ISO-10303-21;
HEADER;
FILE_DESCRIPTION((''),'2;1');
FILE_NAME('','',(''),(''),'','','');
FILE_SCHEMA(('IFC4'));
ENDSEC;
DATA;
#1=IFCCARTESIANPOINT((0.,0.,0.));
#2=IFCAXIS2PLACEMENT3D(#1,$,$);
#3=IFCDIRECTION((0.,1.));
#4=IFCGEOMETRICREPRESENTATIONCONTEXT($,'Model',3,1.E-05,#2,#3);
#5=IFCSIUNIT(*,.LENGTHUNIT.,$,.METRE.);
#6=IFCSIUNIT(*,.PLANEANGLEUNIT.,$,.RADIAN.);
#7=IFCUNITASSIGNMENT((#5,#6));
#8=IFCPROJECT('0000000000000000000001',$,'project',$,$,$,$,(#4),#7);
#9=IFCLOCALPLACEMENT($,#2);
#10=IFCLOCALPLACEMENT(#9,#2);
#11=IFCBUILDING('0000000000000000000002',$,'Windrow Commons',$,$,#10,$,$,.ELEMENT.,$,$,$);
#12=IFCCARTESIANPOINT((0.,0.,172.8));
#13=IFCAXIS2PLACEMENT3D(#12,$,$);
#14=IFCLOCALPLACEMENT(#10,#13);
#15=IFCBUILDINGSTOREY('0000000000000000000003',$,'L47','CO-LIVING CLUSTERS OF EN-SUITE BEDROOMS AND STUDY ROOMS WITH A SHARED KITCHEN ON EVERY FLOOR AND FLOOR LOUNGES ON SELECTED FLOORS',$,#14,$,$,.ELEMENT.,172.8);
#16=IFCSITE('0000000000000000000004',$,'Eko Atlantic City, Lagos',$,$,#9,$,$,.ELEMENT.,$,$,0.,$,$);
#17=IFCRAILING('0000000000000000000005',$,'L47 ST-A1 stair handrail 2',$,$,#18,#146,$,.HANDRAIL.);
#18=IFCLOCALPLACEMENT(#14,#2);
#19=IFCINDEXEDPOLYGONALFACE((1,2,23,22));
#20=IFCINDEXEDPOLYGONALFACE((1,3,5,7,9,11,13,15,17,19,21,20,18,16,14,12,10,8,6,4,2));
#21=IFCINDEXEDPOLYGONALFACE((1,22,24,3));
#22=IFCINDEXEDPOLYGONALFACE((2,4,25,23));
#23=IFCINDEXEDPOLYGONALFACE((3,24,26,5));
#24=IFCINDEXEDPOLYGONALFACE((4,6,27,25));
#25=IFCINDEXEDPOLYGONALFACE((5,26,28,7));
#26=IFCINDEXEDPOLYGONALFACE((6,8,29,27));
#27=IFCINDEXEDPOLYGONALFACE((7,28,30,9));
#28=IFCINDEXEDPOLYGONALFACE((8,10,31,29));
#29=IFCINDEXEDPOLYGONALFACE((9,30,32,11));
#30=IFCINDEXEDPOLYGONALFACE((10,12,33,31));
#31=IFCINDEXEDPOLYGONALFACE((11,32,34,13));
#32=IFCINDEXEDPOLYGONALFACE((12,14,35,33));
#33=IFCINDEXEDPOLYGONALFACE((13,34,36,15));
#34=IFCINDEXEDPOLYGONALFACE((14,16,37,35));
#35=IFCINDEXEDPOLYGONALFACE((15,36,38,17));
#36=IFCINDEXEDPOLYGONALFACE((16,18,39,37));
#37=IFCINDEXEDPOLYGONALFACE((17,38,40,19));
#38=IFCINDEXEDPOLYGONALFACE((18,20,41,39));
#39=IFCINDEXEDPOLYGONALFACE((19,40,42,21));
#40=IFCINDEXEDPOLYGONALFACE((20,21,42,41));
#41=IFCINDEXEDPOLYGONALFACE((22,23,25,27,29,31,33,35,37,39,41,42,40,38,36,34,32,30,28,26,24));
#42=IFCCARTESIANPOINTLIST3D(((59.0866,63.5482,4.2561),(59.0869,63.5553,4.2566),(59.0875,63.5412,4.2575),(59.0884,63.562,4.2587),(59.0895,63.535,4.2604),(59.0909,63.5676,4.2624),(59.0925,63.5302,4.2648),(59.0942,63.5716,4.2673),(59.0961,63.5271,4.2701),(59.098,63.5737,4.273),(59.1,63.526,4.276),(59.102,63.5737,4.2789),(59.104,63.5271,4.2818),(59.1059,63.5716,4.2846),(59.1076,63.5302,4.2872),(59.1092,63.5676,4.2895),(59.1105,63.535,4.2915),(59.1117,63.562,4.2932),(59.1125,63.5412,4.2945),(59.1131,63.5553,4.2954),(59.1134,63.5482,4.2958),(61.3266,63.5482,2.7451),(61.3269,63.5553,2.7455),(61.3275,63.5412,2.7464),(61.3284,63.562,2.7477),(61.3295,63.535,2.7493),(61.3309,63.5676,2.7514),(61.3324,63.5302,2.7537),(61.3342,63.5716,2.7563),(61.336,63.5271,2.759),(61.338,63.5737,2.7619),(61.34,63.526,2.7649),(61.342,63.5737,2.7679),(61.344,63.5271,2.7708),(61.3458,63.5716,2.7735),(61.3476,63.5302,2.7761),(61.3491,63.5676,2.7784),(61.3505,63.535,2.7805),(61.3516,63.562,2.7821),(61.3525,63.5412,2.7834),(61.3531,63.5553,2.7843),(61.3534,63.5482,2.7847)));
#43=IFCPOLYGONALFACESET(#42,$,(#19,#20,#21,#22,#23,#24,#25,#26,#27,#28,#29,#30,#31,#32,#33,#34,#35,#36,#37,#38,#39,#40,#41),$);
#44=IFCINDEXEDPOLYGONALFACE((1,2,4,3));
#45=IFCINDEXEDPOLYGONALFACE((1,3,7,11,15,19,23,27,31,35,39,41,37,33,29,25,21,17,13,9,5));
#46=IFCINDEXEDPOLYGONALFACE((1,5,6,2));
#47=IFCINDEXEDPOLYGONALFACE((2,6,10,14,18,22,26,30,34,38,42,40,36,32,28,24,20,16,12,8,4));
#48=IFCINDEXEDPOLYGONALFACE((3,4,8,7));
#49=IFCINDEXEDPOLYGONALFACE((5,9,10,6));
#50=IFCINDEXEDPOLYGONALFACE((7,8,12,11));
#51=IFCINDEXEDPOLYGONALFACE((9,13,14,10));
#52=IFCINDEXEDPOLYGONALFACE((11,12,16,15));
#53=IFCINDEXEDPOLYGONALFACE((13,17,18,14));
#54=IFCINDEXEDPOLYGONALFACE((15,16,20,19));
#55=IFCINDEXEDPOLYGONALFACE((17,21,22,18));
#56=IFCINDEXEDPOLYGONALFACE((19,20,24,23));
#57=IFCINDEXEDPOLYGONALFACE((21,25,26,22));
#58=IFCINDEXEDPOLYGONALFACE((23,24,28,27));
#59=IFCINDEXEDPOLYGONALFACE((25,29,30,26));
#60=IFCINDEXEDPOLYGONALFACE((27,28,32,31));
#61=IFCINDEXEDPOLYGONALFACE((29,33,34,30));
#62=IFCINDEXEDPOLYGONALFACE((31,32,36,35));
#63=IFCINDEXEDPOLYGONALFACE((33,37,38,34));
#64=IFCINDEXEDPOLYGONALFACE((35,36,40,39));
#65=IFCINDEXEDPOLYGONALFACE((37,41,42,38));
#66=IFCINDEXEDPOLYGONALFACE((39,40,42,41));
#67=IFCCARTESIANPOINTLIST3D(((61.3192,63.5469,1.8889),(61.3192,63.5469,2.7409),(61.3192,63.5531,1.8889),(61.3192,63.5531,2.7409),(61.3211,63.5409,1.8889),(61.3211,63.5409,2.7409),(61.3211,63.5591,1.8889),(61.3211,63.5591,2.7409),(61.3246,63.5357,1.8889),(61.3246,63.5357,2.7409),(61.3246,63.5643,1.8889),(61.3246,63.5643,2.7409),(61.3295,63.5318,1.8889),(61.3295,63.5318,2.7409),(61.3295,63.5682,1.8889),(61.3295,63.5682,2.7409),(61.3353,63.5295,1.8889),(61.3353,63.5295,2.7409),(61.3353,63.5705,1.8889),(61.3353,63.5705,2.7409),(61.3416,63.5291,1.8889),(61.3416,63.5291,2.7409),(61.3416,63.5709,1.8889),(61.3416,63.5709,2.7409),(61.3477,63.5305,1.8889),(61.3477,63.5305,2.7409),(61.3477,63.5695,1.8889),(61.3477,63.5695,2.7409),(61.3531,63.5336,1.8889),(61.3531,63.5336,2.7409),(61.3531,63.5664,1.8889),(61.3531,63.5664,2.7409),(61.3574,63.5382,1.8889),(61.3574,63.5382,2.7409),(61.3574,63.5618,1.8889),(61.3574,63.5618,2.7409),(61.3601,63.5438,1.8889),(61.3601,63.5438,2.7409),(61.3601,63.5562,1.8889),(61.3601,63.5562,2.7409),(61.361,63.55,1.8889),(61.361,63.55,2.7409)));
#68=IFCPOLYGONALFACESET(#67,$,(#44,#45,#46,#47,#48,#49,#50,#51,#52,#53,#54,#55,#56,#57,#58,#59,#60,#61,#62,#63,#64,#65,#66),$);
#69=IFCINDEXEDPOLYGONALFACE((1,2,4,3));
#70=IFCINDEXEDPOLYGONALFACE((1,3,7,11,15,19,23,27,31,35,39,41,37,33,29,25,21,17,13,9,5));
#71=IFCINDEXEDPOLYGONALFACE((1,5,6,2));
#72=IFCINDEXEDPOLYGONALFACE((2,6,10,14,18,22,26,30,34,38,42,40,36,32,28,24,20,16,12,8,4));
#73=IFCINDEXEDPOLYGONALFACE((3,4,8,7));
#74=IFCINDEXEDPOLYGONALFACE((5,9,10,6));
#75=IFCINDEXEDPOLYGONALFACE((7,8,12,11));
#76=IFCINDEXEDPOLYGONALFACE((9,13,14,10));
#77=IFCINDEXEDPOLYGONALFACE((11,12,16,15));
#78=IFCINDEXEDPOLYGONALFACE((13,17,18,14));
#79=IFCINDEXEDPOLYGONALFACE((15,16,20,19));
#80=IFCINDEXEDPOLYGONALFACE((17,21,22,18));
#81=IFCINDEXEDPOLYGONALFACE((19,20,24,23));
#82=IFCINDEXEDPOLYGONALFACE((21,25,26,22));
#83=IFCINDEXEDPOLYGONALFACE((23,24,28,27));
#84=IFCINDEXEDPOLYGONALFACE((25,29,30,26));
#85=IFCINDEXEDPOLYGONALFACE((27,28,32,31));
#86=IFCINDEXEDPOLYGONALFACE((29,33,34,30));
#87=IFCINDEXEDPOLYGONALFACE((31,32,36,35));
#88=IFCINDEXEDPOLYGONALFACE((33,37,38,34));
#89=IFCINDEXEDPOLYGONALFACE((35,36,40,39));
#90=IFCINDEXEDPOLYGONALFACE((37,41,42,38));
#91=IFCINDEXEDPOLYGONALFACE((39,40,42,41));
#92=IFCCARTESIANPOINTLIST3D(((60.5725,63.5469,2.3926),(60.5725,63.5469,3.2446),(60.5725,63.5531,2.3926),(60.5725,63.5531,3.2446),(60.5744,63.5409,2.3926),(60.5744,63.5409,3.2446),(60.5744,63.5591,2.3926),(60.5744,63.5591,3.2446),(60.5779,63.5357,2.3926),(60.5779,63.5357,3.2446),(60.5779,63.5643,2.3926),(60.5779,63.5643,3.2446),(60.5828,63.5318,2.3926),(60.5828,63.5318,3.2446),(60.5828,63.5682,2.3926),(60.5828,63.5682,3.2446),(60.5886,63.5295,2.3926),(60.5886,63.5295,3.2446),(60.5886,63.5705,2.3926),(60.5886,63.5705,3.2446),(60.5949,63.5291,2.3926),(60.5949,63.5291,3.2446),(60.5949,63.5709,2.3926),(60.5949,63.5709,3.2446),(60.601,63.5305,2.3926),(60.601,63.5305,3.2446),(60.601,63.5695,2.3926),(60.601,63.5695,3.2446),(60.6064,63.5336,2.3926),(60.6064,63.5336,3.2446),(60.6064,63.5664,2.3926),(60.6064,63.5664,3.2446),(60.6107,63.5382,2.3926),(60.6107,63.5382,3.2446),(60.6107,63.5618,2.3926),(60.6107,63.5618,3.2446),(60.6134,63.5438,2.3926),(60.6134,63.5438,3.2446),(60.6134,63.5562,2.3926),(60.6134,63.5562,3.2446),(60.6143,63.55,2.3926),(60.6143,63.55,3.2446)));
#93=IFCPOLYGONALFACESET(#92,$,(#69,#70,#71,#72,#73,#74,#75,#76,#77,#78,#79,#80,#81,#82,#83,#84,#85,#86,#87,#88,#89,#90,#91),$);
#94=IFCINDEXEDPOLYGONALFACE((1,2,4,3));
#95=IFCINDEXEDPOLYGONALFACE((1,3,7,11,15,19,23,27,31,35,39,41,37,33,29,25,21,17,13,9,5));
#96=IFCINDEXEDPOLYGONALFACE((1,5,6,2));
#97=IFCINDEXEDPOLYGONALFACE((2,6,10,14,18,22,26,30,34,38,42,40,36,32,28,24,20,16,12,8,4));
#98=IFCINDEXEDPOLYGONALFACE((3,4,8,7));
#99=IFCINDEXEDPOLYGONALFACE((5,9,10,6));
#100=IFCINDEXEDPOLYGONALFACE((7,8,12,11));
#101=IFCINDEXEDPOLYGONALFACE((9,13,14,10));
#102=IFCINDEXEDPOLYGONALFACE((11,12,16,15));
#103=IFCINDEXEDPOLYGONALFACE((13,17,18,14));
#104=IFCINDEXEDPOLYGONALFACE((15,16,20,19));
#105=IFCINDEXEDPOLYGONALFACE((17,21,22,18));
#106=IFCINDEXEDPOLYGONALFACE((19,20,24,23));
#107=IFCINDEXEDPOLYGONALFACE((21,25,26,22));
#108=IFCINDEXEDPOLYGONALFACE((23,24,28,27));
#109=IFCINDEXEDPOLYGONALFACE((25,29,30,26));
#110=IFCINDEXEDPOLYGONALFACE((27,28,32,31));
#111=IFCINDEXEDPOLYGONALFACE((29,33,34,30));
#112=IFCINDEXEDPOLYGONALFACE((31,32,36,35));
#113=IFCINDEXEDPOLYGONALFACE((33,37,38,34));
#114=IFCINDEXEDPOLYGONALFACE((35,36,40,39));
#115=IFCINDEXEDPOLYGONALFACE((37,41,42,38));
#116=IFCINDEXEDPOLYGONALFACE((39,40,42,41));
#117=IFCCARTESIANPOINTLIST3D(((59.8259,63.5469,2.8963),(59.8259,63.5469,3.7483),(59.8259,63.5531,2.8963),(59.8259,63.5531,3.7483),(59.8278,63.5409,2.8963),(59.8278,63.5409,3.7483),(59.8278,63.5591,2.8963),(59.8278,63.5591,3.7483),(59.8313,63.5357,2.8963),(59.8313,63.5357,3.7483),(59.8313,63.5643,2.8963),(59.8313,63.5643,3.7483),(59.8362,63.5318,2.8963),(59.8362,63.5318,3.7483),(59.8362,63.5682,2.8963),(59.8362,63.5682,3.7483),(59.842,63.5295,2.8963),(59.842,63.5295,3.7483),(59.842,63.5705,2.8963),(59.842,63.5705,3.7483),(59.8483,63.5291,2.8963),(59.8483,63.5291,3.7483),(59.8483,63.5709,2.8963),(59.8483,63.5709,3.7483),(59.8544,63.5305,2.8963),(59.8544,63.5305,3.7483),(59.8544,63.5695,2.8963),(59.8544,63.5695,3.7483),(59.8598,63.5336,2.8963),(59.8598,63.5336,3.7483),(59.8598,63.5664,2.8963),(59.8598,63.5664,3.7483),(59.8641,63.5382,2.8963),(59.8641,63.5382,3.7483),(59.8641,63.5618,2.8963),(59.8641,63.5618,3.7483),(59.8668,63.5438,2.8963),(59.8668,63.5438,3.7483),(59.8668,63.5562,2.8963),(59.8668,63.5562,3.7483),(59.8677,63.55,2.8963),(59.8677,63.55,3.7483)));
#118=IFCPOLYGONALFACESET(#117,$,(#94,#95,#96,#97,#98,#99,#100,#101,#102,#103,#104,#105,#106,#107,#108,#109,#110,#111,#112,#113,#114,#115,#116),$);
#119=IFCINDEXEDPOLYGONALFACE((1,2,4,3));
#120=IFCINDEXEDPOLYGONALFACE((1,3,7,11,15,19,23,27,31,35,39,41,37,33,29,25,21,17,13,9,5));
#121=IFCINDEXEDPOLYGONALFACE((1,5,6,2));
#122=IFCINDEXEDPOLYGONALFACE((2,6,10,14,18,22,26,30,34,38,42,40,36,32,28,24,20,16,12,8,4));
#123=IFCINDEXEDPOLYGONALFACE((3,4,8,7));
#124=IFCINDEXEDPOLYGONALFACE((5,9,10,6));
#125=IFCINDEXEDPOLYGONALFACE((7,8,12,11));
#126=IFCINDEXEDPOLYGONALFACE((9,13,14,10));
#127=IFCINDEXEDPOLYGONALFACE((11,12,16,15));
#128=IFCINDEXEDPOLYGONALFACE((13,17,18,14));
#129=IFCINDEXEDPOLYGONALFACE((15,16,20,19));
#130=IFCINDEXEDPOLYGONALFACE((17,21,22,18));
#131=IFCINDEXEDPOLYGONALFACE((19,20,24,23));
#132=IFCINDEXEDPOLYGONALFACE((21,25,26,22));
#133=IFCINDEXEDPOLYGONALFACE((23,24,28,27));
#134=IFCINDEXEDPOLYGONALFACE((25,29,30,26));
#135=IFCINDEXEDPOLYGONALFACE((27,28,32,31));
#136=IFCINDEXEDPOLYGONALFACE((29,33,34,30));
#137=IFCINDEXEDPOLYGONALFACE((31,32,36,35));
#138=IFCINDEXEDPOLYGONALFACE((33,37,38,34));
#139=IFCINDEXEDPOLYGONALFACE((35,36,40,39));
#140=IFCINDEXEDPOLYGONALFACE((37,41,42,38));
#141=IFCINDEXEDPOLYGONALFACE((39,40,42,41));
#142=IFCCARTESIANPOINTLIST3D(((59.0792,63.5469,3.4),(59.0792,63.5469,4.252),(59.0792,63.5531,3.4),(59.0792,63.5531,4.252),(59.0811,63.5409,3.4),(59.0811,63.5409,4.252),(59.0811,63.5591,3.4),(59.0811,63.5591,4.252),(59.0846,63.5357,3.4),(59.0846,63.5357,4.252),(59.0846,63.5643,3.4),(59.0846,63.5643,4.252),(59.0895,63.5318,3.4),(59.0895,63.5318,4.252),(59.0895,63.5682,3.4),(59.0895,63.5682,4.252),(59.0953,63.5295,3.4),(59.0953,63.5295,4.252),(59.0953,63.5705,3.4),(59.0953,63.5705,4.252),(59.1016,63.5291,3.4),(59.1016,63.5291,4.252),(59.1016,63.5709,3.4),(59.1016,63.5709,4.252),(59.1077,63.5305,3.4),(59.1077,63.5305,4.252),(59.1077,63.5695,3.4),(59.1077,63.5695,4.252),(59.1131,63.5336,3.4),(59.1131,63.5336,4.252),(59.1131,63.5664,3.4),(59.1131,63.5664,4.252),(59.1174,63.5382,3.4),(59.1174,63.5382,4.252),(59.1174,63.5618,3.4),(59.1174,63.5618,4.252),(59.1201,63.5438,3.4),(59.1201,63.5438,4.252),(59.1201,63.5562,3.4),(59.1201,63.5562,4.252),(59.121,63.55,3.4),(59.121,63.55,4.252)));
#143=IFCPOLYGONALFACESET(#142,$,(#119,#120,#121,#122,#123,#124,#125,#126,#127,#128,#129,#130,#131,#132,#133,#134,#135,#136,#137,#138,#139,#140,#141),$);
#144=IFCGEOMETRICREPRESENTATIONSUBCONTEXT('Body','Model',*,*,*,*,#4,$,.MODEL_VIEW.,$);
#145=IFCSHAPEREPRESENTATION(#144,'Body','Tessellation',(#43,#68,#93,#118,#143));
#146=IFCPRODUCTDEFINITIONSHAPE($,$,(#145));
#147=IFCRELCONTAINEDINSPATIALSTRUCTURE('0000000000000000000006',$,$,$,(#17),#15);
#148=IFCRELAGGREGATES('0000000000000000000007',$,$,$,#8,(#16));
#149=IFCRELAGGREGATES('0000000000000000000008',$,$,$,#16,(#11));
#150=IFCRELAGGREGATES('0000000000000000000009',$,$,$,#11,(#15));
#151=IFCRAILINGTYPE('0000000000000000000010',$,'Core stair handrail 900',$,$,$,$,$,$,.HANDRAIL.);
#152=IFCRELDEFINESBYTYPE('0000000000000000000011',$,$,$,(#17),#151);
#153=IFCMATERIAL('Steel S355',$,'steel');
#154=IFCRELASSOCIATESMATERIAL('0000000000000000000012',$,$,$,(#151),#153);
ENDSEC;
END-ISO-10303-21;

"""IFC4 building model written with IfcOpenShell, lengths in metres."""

from ifc_helpers import new_model, si_unit, direction, frame, origin, origin_2d, place, context, subcontext, project, spatial, circle, extrude, material, type_object, element, save


model = new_model("IFC4")

# Units and contexts
model_context = context("Model", 3, precision=1e-05, world=origin(), true_north=direction((0.0, 1.0)))
body_context = subcontext(model_context, "Body", "Model", "MODEL_VIEW")
ifc_project = project(units=[si_unit("LENGTHUNIT", "METRE"), si_unit("PLANEANGLEUNIT", "RADIAN")], contexts=[model_context])

# Site, building, storey
site_placement = place(None, origin())
site = spatial("IfcSite", under=ifc_project, at=site_placement, Name="Eko Atlantic City, Lagos", CompositionType="ELEMENT", RefElevation=0.0)
building_placement = place(site_placement, origin())
building = spatial("IfcBuilding", under=site, at=building_placement, Name="Windrow Commons", CompositionType="ELEMENT")
storey_placement = place(building_placement, frame((0.0, 0.0, 172.8)))
storey = spatial("IfcBuildingStorey", under=building, at=storey_placement, Name="L47", Description="CO-LIVING CLUSTERS OF EN-SUITE BEDROOMS AND STUDY ROOMS WITH A SHARED KITCHEN ON EVERY FLOOR AND FLOOR LOUNGES ON SELECTED FLOORS", CompositionType="ELEMENT", Elevation=172.8)

# Railing
ifc_material_1 = material(Name="Steel S355", Category="steel")
railing_type_1 = type_object("IfcRailingType", Name="Core stair handrail 900", PredefinedType="HANDRAIL", material=ifc_material_1)
for number, where, name in (
    (1, (61.34, 63.55, 1.8889), "L47 ST-A1 stair handrail 2"),
):
    element("IfcRailing", number, at=place(storey_placement, frame(where)), inside=storey, type_object=railing_type_1, Name=name, PredefinedType="HANDRAIL", context=body_context, shape_type="SweptSolid", body=[
        extrude(circle(Radius=0.024, at=origin_2d()), frame((0.0, 0.0, 0.876), z_axis=(-0.829003, 0.0, 0.559244), x_axis=(0.0, -1.0, 0.0)), (0.0, 0.0, 1.0), 2.702),
        extrude(circle(Radius=0.021, at=origin_2d()), origin(), (0.0, 0.0, 1.0), 0.852),
        extrude(circle(Radius=0.021, at=origin_2d()), frame((-0.7467, 0.0, 0.5037)), (0.0, 0.0, 1.0), 0.852),
        extrude(circle(Radius=0.021, at=origin_2d()), frame((-1.4933, 0.0, 1.0074)), (0.0, 0.0, 1.0), 0.852),
        extrude(circle(Radius=0.021, at=origin_2d()), frame((-2.24, 0.0, 1.5111)), (0.0, 0.0, 1.0), 0.852),
    ])

save(model, "model.ifc")
